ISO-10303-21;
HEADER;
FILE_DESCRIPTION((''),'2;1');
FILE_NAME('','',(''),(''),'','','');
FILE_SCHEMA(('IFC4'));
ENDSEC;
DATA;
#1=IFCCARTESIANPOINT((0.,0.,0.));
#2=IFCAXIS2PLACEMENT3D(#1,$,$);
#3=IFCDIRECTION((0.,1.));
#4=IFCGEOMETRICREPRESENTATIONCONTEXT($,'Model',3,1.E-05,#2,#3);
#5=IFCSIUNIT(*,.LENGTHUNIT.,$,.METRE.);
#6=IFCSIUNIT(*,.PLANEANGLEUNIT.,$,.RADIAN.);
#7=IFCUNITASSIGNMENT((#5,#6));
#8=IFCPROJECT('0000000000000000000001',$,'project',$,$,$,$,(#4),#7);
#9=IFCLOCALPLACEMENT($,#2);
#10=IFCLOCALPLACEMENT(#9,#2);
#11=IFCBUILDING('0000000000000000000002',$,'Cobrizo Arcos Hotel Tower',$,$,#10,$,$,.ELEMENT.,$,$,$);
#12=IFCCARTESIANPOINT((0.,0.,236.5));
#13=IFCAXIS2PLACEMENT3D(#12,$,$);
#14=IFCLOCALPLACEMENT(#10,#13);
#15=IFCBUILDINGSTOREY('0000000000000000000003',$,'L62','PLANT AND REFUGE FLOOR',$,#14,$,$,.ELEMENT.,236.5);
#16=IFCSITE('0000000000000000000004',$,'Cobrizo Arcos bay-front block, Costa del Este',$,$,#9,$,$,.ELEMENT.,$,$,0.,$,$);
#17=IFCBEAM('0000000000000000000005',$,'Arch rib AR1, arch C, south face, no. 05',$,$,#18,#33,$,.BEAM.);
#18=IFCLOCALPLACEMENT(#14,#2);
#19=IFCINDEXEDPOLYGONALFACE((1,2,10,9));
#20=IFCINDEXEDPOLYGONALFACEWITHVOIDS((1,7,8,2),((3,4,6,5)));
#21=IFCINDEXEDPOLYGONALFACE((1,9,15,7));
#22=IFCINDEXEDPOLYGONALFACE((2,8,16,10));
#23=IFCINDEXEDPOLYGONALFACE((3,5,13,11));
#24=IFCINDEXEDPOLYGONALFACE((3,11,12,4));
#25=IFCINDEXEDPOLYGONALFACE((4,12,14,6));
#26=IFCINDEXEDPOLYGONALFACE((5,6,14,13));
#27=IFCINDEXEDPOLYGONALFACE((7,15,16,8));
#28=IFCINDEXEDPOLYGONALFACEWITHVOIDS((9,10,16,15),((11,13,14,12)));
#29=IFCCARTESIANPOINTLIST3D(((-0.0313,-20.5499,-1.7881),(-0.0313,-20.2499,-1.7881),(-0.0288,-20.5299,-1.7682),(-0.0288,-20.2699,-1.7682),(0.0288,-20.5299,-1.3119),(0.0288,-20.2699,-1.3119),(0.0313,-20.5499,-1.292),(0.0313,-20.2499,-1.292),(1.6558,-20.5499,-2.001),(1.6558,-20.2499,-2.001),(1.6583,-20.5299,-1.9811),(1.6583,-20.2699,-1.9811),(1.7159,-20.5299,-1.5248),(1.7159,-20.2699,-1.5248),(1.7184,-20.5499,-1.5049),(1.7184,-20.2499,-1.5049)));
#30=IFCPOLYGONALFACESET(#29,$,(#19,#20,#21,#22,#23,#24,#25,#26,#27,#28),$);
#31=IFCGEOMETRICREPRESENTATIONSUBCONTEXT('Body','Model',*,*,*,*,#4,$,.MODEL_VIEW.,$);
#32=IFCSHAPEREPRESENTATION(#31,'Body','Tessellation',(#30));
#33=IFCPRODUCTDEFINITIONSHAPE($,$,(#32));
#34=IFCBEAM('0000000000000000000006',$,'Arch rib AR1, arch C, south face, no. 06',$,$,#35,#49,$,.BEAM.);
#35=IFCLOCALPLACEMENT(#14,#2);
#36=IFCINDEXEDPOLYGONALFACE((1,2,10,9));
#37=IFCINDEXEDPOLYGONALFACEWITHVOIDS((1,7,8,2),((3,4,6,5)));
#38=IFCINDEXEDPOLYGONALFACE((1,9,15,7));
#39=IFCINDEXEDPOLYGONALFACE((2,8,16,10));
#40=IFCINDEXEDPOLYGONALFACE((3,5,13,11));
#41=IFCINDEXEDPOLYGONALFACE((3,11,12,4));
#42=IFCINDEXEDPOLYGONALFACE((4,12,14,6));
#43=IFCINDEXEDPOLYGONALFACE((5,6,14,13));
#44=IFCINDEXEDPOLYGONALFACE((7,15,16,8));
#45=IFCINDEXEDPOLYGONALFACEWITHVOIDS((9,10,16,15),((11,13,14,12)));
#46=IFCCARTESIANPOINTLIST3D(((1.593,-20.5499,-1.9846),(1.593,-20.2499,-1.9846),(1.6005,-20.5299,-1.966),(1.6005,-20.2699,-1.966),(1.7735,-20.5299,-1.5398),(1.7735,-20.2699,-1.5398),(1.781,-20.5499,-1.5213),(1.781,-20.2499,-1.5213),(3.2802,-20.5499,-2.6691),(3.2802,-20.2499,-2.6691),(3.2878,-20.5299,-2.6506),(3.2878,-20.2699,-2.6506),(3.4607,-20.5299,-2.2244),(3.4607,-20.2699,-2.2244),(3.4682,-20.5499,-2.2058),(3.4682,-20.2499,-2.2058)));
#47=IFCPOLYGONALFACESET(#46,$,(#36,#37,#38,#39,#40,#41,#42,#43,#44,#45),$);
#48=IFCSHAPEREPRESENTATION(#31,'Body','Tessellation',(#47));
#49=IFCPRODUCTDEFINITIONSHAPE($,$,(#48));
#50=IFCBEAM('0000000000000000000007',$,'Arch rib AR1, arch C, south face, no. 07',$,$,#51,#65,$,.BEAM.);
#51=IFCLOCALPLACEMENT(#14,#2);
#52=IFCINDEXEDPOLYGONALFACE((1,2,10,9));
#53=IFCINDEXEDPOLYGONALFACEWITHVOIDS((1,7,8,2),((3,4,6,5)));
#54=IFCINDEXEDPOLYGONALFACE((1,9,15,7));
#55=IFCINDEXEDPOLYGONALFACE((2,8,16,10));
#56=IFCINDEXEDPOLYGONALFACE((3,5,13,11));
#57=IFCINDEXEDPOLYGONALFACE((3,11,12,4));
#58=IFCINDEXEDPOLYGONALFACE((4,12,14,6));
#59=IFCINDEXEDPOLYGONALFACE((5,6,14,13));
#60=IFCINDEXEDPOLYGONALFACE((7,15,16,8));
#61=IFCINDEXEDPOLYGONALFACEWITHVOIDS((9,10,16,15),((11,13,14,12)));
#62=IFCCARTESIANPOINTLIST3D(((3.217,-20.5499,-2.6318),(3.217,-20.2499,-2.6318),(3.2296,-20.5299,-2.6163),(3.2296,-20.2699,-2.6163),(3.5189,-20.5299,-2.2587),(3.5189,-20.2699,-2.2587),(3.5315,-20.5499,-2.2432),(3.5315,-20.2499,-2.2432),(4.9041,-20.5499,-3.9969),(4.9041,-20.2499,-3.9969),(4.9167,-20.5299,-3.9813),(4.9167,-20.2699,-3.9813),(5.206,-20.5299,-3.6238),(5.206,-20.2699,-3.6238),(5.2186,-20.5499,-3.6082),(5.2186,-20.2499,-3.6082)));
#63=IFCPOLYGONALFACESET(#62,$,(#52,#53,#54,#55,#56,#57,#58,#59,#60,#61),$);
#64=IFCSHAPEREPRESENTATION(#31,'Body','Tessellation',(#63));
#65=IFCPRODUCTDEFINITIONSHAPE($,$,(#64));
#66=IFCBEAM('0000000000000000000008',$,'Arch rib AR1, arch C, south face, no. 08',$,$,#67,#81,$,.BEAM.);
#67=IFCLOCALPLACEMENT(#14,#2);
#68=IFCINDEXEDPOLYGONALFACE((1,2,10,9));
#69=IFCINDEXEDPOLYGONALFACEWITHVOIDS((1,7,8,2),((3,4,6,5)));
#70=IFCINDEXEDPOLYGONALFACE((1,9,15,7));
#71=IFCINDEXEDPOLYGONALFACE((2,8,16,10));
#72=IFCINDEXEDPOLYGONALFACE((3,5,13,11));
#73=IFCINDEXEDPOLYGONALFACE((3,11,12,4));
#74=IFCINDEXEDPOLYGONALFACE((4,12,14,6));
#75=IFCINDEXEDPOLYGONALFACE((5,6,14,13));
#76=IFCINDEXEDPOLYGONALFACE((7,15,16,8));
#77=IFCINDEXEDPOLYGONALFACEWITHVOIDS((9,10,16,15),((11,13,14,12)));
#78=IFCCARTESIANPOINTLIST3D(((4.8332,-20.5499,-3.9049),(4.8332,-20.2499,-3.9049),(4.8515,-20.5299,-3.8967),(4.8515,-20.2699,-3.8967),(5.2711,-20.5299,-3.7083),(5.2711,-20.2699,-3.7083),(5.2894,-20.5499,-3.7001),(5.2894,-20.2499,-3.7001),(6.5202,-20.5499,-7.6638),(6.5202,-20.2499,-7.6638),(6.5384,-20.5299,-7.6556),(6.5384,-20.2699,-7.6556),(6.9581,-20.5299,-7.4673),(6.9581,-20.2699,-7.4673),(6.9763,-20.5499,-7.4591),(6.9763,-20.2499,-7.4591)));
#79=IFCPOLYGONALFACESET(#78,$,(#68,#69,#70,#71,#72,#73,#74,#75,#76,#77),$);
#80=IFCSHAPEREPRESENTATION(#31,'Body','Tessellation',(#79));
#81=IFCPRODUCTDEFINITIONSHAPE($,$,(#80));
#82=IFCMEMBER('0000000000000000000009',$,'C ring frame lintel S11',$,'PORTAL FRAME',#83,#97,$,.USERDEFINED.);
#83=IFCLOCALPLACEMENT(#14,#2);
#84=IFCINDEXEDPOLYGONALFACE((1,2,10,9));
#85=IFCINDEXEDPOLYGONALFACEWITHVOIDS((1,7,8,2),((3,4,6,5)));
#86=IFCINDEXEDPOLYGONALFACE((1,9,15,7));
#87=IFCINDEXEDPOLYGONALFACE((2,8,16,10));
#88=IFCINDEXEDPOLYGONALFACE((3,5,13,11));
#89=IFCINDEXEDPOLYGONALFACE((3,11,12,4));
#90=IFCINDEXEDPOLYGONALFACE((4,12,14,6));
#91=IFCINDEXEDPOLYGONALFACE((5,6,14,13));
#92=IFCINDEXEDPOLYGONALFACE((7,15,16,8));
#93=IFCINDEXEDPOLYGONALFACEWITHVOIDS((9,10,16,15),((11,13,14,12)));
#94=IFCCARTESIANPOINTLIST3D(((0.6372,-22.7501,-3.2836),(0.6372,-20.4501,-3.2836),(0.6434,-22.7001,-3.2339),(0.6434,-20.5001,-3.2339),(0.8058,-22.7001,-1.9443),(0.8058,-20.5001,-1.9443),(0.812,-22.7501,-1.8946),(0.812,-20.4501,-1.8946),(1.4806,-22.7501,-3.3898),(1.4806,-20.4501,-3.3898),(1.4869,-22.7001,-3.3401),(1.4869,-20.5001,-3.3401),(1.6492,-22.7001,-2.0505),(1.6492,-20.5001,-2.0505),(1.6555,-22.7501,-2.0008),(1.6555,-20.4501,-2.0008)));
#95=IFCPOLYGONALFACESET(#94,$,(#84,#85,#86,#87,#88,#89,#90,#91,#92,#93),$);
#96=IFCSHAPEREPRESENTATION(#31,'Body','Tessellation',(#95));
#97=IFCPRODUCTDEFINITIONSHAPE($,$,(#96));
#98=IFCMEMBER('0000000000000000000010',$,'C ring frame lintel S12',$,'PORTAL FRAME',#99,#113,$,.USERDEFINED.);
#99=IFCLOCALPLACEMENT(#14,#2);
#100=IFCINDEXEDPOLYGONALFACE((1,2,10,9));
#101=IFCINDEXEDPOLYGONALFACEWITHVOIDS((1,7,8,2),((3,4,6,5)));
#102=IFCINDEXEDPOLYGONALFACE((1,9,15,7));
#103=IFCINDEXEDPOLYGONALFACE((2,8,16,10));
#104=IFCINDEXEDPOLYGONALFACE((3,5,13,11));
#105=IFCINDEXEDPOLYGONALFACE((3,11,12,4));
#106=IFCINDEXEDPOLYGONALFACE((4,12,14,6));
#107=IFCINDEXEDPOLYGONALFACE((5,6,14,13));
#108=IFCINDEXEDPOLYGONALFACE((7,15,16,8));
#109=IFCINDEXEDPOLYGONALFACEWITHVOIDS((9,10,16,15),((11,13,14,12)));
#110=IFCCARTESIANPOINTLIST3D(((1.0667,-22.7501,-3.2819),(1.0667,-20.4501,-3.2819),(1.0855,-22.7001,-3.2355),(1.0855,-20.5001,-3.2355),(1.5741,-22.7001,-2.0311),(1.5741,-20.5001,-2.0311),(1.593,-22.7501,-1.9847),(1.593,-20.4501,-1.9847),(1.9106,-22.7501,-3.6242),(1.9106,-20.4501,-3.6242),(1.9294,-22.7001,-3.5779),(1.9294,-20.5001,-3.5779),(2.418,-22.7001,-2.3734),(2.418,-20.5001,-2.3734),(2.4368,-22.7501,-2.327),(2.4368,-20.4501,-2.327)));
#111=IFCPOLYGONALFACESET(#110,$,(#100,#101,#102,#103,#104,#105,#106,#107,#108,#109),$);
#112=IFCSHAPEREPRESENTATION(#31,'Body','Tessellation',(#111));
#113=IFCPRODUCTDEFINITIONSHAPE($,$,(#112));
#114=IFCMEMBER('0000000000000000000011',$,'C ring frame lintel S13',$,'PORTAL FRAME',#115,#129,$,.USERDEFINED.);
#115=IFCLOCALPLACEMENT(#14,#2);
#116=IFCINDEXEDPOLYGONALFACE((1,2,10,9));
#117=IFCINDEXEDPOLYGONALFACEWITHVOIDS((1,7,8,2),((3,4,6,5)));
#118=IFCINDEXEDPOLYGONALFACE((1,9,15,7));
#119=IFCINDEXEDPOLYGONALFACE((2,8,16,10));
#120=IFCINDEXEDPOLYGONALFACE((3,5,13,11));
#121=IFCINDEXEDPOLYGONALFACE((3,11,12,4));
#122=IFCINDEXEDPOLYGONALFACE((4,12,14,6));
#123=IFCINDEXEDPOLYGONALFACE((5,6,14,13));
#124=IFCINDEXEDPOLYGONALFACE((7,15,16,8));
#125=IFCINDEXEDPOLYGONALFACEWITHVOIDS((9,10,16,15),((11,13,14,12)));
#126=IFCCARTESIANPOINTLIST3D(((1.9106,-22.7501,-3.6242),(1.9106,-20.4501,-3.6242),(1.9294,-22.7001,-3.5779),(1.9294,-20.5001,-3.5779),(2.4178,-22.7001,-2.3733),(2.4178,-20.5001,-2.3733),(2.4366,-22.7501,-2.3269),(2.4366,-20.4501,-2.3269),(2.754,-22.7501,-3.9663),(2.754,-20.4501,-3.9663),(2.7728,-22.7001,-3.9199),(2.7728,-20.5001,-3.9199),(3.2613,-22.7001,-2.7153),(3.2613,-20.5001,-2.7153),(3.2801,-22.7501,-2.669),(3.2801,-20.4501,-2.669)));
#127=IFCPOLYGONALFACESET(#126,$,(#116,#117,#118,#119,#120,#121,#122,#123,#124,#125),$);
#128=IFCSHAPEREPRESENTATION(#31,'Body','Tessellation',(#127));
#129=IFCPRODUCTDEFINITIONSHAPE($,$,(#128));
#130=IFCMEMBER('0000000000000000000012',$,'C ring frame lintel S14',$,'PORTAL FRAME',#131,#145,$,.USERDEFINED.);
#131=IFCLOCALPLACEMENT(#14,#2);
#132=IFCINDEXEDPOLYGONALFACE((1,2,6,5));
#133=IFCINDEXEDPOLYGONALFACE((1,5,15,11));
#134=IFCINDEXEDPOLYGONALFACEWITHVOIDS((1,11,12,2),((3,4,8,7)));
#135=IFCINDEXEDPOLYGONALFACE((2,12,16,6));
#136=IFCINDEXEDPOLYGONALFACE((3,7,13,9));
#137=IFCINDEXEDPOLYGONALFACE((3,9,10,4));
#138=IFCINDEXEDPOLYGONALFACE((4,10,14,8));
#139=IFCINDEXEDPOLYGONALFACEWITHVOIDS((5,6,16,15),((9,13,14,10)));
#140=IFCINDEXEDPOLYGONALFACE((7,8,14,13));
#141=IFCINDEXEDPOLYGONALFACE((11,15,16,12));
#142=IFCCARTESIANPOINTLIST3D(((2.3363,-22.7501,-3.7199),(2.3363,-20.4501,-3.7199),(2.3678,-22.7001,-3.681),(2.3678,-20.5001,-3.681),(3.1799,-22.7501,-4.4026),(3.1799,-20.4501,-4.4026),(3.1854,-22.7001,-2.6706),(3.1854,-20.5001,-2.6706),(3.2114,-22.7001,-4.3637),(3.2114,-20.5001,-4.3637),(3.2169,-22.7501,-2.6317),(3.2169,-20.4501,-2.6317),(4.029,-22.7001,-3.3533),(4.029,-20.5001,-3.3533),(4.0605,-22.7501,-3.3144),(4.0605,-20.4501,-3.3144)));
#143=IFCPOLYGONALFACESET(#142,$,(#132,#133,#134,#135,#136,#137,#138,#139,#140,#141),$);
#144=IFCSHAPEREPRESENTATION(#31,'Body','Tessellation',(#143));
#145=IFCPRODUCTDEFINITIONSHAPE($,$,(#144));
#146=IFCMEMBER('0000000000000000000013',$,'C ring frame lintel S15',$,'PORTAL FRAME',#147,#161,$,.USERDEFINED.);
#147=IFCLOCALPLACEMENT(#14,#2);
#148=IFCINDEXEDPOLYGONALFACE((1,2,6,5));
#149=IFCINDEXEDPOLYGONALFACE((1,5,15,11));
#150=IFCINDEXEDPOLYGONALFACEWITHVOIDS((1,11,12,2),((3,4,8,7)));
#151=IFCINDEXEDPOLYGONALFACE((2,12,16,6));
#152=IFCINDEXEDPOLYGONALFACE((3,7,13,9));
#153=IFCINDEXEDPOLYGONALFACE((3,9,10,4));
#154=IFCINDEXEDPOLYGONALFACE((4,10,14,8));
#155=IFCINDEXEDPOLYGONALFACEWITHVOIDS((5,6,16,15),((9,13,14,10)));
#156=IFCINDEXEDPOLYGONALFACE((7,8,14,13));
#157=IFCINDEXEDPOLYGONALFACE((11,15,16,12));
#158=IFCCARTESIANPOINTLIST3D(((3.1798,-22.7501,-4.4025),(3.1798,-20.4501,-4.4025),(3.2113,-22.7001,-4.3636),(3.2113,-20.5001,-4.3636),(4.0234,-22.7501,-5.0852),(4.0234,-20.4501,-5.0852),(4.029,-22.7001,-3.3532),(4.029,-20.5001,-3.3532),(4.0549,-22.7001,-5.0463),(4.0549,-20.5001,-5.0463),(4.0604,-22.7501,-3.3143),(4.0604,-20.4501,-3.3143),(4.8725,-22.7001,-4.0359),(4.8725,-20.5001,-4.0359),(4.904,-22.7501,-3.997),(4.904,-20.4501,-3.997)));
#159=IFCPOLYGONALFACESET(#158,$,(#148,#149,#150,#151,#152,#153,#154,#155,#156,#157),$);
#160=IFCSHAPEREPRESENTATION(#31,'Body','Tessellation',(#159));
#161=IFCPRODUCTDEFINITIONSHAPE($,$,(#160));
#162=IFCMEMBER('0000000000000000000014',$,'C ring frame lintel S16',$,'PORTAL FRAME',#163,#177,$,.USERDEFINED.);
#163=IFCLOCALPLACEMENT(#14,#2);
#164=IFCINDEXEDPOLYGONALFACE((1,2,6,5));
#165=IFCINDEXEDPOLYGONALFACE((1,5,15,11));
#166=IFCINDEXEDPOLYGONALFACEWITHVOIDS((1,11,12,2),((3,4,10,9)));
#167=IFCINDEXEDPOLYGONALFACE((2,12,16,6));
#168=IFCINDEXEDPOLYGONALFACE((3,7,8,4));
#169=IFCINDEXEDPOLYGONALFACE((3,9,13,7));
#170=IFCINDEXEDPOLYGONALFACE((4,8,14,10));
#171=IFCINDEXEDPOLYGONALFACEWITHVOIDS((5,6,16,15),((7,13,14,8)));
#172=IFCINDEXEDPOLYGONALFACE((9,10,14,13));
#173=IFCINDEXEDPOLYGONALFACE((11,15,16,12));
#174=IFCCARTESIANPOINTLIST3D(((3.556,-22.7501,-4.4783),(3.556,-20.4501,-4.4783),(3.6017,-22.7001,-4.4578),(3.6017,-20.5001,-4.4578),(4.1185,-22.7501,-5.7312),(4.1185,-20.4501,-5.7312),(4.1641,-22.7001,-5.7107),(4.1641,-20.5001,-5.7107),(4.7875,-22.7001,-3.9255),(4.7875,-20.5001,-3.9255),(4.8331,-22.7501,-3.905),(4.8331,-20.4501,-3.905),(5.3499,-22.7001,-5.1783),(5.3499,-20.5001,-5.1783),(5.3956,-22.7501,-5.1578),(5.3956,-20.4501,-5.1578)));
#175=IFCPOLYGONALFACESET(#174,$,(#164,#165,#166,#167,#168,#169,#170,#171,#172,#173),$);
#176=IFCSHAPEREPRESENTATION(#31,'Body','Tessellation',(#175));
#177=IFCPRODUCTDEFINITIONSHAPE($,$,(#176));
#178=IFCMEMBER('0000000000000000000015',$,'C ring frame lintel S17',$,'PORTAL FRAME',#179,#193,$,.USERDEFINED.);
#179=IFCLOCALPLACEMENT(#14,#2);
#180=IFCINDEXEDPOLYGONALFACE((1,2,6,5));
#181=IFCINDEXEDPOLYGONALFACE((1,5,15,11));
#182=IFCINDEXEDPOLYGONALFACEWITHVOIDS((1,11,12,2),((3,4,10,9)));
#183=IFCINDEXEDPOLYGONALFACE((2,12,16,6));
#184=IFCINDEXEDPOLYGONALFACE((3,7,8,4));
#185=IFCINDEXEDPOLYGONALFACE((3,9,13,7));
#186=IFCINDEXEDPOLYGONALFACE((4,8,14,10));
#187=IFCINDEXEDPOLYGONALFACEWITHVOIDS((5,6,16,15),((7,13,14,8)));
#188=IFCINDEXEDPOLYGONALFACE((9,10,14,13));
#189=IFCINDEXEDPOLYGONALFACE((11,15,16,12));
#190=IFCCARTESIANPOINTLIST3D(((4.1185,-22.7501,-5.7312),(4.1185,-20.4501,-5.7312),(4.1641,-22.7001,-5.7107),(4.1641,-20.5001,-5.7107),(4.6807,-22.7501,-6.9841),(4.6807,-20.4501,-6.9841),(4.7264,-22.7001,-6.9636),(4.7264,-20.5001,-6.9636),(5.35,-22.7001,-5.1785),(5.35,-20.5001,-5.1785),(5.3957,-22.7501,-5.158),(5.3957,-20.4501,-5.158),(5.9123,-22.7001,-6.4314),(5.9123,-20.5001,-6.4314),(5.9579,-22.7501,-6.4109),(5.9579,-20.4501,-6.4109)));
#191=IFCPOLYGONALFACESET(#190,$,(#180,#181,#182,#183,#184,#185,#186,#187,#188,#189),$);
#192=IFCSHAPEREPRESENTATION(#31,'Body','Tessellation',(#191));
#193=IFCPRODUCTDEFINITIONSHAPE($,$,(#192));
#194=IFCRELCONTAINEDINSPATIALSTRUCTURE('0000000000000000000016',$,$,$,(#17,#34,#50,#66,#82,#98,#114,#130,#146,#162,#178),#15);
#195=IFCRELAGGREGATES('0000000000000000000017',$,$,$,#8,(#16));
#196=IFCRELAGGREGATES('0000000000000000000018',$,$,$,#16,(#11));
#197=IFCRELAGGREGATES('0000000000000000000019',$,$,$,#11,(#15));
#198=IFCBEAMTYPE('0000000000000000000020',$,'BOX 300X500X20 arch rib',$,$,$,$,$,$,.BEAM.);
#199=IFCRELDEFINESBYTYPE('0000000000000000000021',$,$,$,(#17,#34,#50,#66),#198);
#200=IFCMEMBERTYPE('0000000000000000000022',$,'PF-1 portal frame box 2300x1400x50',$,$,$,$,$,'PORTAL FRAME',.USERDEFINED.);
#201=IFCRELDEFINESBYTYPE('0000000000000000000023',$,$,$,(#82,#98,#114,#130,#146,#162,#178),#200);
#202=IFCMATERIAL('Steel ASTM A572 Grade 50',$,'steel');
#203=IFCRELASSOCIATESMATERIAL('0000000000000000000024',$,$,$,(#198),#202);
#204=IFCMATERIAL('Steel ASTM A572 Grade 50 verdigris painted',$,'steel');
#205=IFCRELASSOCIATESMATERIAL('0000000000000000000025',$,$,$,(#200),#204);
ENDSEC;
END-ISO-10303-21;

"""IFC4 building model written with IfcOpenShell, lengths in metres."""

from ifc_helpers import new_model, si_unit, direction, frame, origin, origin_2d, place, context, subcontext, project, spatial, hollow_rectangle, extrude, material, material_profile, profile_set, type_object, element, save


model = new_model("IFC4")

# Units and contexts
model_context = context("Model", 3, precision=1e-05, world=origin(), true_north=direction((0.0, 1.0)))
body_context = subcontext(model_context, "Body", "Model", "MODEL_VIEW")
ifc_project = project(units=[si_unit("LENGTHUNIT", "METRE"), si_unit("PLANEANGLEUNIT", "RADIAN")], contexts=[model_context])

# Site, building, storey
site_placement = place(None, origin())
site = spatial("IfcSite", under=ifc_project, at=site_placement, Name="Cobrizo Arcos bay-front block, Costa del Este", CompositionType="ELEMENT", RefElevation=0.0)
building_placement = place(site_placement, origin())
building = spatial("IfcBuilding", under=site, at=building_placement, Name="Cobrizo Arcos Hotel Tower", CompositionType="ELEMENT")
storey_placement = place(building_placement, frame((0.0, 0.0, 236.5)))
storey = spatial("IfcBuildingStorey", under=building, at=storey_placement, Name="L62", Description="PLANT AND REFUGE FLOOR", CompositionType="ELEMENT", Elevation=236.5)

# Beams
ifc_material_1 = material(Name="Steel ASTM A572 Grade 50", Category="steel")
ifc_material_profile_1 = material_profile(ifc_material_1, hollow_rectangle(XDim=0.3, YDim=0.5, WallThickness=0.02, at=origin_2d()), Name="BOX 300X500X20")
ifc_profile_set_1 = profile_set([ifc_material_profile_1], Name="Steel ASTM A572 Grade 50")
beam_type = type_object("IfcBeamType", Name="BOX 300X500X20 arch rib", PredefinedType="BEAM", material=ifc_profile_set_1)
beam_1_placement = place(storey_placement, frame((0.0, -20.3999, -1.54), z_axis=(0.992131, 0.0, -0.125201), x_axis=(0.0, 1.0, 0.0)))
element("IfcBeam", 1, at=beam_1_placement, inside=storey, type_object=beam_type, Name="Arch rib AR1, arch C, south face, no. 05", PredefinedType="BEAM", context=body_context, shape_type="SweptSolid", body=[
    extrude(hollow_rectangle(XDim=0.3, YDim=0.5, WallThickness=0.02, at=origin_2d()), origin(), (0.0, 0.0, 1.0), 1.7004),
])
beam_2_placement = place(storey_placement, frame((1.687, -20.3999, -1.7529), z_axis=(0.926635, 0.0, -0.375963), x_axis=(0.0, 1.0, 0.0)))
element("IfcBeam", 2, at=beam_2_placement, inside=storey, type_object=beam_type, Name="Arch rib AR1, arch C, south face, no. 06", PredefinedType="BEAM", context=body_context, shape_type="SweptSolid", body=[
    extrude(hollow_rectangle(XDim=0.3, YDim=0.5, WallThickness=0.02, at=origin_2d()), origin(), (0.0, 0.0, 1.0), 1.8208),
])
beam_3_placement = place(storey_placement, frame((3.3743, -20.3999, -2.4375), z_axis=(0.777399, 0.0, -0.629007), x_axis=(0.0, 1.0, 0.0)))
element("IfcBeam", 3, at=beam_3_placement, inside=storey, type_object=beam_type, Name="Arch rib AR1, arch C, south face, no. 07", PredefinedType="BEAM", context=body_context, shape_type="SweptSolid", body=[
    extrude(hollow_rectangle(XDim=0.3, YDim=0.5, WallThickness=0.02, at=origin_2d()), origin(), (0.0, 0.0, 1.0), 2.1702),
])
beam_4_placement = place(storey_placement, frame((5.0613, -20.3999, -3.8025), z_axis=(0.409445, 0.0, -0.912335), x_axis=(0.0, 1.0, 0.0)))
element("IfcBeam", 4, at=beam_4_placement, inside=storey, type_object=beam_type, Name="Arch rib AR1, arch C, south face, no. 08", PredefinedType="BEAM", context=body_context, shape_type="SweptSolid", body=[
    extrude(hollow_rectangle(XDim=0.3, YDim=0.5, WallThickness=0.02, at=origin_2d()), origin(), (0.0, 0.0, 1.0), 4.1201),
])

# Members
ifc_material_2 = material(Name="Steel ASTM A572 Grade 50 verdigris painted", Category="steel")
ifc_material_profile_2 = material_profile(ifc_material_2, hollow_rectangle(XDim=2.3, YDim=1.3999, WallThickness=0.05, at=origin_2d()), Name="PF-1 portal frame box 2300x1400x50")
ifc_profile_set_2 = profile_set([ifc_material_profile_2], Name="Steel ASTM A572 Grade 50 verdigris painted")
member_type_1 = type_object("IfcMemberType", Name="PF-1 portal frame box 2300x1400x50", ElementType="PORTAL FRAME", PredefinedType="USERDEFINED", material=ifc_profile_set_2)
member_1_placement = place(storey_placement, frame((0.7246, -21.6001, -2.5891), z_axis=(0.992167, 0.0, -0.124918), x_axis=(0.0, 1.0, 0.0)))
element("IfcMember", 5, at=member_1_placement, inside=storey, type_object=member_type_1, Name="C ring frame lintel S11", ObjectType="PORTAL FRAME", PredefinedType="USERDEFINED", context=body_context, shape_type="SweptSolid", body=[
    extrude(hollow_rectangle(XDim=2.3, YDim=1.3999, WallThickness=0.05, at=origin_2d()), origin(), (0.0, 0.0, 1.0), 0.8501),
])
member_2_placement = place(storey_placement, frame((1.3298, -21.6001, -2.6333), z_axis=(0.926653, 0.0, -0.375917), x_axis=(0.0, 1.0, 0.0)))
element("IfcMember", 6, at=member_2_placement, inside=storey, type_object=member_type_1, Name="C ring frame lintel S12", ObjectType="PORTAL FRAME", PredefinedType="USERDEFINED", context=body_context, shape_type="SweptSolid", body=[
    extrude(hollow_rectangle(XDim=2.3, YDim=1.3999, WallThickness=0.05, at=origin_2d()), origin(), (0.0, 0.0, 1.0), 0.9106),
])
member_3_placement = place(storey_placement, frame((2.1736, -21.6001, -2.9756), z_axis=(0.926709, 0.0, -0.37578), x_axis=(0.0, 1.0, 0.0)))
element("IfcMember", 7, at=member_3_placement, inside=storey, type_object=member_type_1, Name="C ring frame lintel S13", ObjectType="PORTAL FRAME", PredefinedType="USERDEFINED", context=body_context, shape_type="SweptSolid", body=[
    extrude(hollow_rectangle(XDim=2.3, YDim=1.3999, WallThickness=0.05, at=origin_2d()), origin(), (0.0, 0.0, 1.0), 0.9102),
])
for number, where, z_axis, x_axis, name in (
    (8, (2.7766, -21.6001, -3.1758), (0.777344, 0.0, -0.629075), (0.0, 1.0, 0.0), "C ring frame lintel S14"),
    (9, (3.6201, -21.6001, -3.8584), (0.777344, 0.0, -0.629075), (0.0, 1.0, 0.0), "C ring frame lintel S15"),
):
    element("IfcMember", number, at=place(storey_placement, frame(where, z_axis=z_axis, x_axis=x_axis)), inside=storey, type_object=member_type_1, Name=name, ObjectType="PORTAL FRAME", PredefinedType="USERDEFINED", context=body_context, shape_type="SweptSolid", body=[
        extrude(hollow_rectangle(XDim=2.3, YDim=1.3999, WallThickness=0.05, at=origin_2d()), origin(), (0.0, 0.0, 1.0), 1.0852),
    ])
for number, where, z_axis, x_axis, name in (
    (10, (4.1946, -21.6001, -4.1917), (0.409566, 0.0, -0.91228), (0.0, 1.0, 0.0), "C ring frame lintel S16"),
    (11, (4.7571, -21.6001, -5.4446), (0.409418, 0.0, -0.912347), (0.0, 1.0, 0.0), "C ring frame lintel S17"),
):
    element("IfcMember", number, at=place(storey_placement, frame(where, z_axis=z_axis, x_axis=x_axis)), inside=storey, type_object=member_type_1, Name=name, ObjectType="PORTAL FRAME", PredefinedType="USERDEFINED", context=body_context, shape_type="SweptSolid", body=[
        extrude(hollow_rectangle(XDim=2.3, YDim=1.3999, WallThickness=0.05, at=origin_2d()), origin(), (0.0, 0.0, 1.0), 1.3733),
    ])

save(model, "model.ifc")
